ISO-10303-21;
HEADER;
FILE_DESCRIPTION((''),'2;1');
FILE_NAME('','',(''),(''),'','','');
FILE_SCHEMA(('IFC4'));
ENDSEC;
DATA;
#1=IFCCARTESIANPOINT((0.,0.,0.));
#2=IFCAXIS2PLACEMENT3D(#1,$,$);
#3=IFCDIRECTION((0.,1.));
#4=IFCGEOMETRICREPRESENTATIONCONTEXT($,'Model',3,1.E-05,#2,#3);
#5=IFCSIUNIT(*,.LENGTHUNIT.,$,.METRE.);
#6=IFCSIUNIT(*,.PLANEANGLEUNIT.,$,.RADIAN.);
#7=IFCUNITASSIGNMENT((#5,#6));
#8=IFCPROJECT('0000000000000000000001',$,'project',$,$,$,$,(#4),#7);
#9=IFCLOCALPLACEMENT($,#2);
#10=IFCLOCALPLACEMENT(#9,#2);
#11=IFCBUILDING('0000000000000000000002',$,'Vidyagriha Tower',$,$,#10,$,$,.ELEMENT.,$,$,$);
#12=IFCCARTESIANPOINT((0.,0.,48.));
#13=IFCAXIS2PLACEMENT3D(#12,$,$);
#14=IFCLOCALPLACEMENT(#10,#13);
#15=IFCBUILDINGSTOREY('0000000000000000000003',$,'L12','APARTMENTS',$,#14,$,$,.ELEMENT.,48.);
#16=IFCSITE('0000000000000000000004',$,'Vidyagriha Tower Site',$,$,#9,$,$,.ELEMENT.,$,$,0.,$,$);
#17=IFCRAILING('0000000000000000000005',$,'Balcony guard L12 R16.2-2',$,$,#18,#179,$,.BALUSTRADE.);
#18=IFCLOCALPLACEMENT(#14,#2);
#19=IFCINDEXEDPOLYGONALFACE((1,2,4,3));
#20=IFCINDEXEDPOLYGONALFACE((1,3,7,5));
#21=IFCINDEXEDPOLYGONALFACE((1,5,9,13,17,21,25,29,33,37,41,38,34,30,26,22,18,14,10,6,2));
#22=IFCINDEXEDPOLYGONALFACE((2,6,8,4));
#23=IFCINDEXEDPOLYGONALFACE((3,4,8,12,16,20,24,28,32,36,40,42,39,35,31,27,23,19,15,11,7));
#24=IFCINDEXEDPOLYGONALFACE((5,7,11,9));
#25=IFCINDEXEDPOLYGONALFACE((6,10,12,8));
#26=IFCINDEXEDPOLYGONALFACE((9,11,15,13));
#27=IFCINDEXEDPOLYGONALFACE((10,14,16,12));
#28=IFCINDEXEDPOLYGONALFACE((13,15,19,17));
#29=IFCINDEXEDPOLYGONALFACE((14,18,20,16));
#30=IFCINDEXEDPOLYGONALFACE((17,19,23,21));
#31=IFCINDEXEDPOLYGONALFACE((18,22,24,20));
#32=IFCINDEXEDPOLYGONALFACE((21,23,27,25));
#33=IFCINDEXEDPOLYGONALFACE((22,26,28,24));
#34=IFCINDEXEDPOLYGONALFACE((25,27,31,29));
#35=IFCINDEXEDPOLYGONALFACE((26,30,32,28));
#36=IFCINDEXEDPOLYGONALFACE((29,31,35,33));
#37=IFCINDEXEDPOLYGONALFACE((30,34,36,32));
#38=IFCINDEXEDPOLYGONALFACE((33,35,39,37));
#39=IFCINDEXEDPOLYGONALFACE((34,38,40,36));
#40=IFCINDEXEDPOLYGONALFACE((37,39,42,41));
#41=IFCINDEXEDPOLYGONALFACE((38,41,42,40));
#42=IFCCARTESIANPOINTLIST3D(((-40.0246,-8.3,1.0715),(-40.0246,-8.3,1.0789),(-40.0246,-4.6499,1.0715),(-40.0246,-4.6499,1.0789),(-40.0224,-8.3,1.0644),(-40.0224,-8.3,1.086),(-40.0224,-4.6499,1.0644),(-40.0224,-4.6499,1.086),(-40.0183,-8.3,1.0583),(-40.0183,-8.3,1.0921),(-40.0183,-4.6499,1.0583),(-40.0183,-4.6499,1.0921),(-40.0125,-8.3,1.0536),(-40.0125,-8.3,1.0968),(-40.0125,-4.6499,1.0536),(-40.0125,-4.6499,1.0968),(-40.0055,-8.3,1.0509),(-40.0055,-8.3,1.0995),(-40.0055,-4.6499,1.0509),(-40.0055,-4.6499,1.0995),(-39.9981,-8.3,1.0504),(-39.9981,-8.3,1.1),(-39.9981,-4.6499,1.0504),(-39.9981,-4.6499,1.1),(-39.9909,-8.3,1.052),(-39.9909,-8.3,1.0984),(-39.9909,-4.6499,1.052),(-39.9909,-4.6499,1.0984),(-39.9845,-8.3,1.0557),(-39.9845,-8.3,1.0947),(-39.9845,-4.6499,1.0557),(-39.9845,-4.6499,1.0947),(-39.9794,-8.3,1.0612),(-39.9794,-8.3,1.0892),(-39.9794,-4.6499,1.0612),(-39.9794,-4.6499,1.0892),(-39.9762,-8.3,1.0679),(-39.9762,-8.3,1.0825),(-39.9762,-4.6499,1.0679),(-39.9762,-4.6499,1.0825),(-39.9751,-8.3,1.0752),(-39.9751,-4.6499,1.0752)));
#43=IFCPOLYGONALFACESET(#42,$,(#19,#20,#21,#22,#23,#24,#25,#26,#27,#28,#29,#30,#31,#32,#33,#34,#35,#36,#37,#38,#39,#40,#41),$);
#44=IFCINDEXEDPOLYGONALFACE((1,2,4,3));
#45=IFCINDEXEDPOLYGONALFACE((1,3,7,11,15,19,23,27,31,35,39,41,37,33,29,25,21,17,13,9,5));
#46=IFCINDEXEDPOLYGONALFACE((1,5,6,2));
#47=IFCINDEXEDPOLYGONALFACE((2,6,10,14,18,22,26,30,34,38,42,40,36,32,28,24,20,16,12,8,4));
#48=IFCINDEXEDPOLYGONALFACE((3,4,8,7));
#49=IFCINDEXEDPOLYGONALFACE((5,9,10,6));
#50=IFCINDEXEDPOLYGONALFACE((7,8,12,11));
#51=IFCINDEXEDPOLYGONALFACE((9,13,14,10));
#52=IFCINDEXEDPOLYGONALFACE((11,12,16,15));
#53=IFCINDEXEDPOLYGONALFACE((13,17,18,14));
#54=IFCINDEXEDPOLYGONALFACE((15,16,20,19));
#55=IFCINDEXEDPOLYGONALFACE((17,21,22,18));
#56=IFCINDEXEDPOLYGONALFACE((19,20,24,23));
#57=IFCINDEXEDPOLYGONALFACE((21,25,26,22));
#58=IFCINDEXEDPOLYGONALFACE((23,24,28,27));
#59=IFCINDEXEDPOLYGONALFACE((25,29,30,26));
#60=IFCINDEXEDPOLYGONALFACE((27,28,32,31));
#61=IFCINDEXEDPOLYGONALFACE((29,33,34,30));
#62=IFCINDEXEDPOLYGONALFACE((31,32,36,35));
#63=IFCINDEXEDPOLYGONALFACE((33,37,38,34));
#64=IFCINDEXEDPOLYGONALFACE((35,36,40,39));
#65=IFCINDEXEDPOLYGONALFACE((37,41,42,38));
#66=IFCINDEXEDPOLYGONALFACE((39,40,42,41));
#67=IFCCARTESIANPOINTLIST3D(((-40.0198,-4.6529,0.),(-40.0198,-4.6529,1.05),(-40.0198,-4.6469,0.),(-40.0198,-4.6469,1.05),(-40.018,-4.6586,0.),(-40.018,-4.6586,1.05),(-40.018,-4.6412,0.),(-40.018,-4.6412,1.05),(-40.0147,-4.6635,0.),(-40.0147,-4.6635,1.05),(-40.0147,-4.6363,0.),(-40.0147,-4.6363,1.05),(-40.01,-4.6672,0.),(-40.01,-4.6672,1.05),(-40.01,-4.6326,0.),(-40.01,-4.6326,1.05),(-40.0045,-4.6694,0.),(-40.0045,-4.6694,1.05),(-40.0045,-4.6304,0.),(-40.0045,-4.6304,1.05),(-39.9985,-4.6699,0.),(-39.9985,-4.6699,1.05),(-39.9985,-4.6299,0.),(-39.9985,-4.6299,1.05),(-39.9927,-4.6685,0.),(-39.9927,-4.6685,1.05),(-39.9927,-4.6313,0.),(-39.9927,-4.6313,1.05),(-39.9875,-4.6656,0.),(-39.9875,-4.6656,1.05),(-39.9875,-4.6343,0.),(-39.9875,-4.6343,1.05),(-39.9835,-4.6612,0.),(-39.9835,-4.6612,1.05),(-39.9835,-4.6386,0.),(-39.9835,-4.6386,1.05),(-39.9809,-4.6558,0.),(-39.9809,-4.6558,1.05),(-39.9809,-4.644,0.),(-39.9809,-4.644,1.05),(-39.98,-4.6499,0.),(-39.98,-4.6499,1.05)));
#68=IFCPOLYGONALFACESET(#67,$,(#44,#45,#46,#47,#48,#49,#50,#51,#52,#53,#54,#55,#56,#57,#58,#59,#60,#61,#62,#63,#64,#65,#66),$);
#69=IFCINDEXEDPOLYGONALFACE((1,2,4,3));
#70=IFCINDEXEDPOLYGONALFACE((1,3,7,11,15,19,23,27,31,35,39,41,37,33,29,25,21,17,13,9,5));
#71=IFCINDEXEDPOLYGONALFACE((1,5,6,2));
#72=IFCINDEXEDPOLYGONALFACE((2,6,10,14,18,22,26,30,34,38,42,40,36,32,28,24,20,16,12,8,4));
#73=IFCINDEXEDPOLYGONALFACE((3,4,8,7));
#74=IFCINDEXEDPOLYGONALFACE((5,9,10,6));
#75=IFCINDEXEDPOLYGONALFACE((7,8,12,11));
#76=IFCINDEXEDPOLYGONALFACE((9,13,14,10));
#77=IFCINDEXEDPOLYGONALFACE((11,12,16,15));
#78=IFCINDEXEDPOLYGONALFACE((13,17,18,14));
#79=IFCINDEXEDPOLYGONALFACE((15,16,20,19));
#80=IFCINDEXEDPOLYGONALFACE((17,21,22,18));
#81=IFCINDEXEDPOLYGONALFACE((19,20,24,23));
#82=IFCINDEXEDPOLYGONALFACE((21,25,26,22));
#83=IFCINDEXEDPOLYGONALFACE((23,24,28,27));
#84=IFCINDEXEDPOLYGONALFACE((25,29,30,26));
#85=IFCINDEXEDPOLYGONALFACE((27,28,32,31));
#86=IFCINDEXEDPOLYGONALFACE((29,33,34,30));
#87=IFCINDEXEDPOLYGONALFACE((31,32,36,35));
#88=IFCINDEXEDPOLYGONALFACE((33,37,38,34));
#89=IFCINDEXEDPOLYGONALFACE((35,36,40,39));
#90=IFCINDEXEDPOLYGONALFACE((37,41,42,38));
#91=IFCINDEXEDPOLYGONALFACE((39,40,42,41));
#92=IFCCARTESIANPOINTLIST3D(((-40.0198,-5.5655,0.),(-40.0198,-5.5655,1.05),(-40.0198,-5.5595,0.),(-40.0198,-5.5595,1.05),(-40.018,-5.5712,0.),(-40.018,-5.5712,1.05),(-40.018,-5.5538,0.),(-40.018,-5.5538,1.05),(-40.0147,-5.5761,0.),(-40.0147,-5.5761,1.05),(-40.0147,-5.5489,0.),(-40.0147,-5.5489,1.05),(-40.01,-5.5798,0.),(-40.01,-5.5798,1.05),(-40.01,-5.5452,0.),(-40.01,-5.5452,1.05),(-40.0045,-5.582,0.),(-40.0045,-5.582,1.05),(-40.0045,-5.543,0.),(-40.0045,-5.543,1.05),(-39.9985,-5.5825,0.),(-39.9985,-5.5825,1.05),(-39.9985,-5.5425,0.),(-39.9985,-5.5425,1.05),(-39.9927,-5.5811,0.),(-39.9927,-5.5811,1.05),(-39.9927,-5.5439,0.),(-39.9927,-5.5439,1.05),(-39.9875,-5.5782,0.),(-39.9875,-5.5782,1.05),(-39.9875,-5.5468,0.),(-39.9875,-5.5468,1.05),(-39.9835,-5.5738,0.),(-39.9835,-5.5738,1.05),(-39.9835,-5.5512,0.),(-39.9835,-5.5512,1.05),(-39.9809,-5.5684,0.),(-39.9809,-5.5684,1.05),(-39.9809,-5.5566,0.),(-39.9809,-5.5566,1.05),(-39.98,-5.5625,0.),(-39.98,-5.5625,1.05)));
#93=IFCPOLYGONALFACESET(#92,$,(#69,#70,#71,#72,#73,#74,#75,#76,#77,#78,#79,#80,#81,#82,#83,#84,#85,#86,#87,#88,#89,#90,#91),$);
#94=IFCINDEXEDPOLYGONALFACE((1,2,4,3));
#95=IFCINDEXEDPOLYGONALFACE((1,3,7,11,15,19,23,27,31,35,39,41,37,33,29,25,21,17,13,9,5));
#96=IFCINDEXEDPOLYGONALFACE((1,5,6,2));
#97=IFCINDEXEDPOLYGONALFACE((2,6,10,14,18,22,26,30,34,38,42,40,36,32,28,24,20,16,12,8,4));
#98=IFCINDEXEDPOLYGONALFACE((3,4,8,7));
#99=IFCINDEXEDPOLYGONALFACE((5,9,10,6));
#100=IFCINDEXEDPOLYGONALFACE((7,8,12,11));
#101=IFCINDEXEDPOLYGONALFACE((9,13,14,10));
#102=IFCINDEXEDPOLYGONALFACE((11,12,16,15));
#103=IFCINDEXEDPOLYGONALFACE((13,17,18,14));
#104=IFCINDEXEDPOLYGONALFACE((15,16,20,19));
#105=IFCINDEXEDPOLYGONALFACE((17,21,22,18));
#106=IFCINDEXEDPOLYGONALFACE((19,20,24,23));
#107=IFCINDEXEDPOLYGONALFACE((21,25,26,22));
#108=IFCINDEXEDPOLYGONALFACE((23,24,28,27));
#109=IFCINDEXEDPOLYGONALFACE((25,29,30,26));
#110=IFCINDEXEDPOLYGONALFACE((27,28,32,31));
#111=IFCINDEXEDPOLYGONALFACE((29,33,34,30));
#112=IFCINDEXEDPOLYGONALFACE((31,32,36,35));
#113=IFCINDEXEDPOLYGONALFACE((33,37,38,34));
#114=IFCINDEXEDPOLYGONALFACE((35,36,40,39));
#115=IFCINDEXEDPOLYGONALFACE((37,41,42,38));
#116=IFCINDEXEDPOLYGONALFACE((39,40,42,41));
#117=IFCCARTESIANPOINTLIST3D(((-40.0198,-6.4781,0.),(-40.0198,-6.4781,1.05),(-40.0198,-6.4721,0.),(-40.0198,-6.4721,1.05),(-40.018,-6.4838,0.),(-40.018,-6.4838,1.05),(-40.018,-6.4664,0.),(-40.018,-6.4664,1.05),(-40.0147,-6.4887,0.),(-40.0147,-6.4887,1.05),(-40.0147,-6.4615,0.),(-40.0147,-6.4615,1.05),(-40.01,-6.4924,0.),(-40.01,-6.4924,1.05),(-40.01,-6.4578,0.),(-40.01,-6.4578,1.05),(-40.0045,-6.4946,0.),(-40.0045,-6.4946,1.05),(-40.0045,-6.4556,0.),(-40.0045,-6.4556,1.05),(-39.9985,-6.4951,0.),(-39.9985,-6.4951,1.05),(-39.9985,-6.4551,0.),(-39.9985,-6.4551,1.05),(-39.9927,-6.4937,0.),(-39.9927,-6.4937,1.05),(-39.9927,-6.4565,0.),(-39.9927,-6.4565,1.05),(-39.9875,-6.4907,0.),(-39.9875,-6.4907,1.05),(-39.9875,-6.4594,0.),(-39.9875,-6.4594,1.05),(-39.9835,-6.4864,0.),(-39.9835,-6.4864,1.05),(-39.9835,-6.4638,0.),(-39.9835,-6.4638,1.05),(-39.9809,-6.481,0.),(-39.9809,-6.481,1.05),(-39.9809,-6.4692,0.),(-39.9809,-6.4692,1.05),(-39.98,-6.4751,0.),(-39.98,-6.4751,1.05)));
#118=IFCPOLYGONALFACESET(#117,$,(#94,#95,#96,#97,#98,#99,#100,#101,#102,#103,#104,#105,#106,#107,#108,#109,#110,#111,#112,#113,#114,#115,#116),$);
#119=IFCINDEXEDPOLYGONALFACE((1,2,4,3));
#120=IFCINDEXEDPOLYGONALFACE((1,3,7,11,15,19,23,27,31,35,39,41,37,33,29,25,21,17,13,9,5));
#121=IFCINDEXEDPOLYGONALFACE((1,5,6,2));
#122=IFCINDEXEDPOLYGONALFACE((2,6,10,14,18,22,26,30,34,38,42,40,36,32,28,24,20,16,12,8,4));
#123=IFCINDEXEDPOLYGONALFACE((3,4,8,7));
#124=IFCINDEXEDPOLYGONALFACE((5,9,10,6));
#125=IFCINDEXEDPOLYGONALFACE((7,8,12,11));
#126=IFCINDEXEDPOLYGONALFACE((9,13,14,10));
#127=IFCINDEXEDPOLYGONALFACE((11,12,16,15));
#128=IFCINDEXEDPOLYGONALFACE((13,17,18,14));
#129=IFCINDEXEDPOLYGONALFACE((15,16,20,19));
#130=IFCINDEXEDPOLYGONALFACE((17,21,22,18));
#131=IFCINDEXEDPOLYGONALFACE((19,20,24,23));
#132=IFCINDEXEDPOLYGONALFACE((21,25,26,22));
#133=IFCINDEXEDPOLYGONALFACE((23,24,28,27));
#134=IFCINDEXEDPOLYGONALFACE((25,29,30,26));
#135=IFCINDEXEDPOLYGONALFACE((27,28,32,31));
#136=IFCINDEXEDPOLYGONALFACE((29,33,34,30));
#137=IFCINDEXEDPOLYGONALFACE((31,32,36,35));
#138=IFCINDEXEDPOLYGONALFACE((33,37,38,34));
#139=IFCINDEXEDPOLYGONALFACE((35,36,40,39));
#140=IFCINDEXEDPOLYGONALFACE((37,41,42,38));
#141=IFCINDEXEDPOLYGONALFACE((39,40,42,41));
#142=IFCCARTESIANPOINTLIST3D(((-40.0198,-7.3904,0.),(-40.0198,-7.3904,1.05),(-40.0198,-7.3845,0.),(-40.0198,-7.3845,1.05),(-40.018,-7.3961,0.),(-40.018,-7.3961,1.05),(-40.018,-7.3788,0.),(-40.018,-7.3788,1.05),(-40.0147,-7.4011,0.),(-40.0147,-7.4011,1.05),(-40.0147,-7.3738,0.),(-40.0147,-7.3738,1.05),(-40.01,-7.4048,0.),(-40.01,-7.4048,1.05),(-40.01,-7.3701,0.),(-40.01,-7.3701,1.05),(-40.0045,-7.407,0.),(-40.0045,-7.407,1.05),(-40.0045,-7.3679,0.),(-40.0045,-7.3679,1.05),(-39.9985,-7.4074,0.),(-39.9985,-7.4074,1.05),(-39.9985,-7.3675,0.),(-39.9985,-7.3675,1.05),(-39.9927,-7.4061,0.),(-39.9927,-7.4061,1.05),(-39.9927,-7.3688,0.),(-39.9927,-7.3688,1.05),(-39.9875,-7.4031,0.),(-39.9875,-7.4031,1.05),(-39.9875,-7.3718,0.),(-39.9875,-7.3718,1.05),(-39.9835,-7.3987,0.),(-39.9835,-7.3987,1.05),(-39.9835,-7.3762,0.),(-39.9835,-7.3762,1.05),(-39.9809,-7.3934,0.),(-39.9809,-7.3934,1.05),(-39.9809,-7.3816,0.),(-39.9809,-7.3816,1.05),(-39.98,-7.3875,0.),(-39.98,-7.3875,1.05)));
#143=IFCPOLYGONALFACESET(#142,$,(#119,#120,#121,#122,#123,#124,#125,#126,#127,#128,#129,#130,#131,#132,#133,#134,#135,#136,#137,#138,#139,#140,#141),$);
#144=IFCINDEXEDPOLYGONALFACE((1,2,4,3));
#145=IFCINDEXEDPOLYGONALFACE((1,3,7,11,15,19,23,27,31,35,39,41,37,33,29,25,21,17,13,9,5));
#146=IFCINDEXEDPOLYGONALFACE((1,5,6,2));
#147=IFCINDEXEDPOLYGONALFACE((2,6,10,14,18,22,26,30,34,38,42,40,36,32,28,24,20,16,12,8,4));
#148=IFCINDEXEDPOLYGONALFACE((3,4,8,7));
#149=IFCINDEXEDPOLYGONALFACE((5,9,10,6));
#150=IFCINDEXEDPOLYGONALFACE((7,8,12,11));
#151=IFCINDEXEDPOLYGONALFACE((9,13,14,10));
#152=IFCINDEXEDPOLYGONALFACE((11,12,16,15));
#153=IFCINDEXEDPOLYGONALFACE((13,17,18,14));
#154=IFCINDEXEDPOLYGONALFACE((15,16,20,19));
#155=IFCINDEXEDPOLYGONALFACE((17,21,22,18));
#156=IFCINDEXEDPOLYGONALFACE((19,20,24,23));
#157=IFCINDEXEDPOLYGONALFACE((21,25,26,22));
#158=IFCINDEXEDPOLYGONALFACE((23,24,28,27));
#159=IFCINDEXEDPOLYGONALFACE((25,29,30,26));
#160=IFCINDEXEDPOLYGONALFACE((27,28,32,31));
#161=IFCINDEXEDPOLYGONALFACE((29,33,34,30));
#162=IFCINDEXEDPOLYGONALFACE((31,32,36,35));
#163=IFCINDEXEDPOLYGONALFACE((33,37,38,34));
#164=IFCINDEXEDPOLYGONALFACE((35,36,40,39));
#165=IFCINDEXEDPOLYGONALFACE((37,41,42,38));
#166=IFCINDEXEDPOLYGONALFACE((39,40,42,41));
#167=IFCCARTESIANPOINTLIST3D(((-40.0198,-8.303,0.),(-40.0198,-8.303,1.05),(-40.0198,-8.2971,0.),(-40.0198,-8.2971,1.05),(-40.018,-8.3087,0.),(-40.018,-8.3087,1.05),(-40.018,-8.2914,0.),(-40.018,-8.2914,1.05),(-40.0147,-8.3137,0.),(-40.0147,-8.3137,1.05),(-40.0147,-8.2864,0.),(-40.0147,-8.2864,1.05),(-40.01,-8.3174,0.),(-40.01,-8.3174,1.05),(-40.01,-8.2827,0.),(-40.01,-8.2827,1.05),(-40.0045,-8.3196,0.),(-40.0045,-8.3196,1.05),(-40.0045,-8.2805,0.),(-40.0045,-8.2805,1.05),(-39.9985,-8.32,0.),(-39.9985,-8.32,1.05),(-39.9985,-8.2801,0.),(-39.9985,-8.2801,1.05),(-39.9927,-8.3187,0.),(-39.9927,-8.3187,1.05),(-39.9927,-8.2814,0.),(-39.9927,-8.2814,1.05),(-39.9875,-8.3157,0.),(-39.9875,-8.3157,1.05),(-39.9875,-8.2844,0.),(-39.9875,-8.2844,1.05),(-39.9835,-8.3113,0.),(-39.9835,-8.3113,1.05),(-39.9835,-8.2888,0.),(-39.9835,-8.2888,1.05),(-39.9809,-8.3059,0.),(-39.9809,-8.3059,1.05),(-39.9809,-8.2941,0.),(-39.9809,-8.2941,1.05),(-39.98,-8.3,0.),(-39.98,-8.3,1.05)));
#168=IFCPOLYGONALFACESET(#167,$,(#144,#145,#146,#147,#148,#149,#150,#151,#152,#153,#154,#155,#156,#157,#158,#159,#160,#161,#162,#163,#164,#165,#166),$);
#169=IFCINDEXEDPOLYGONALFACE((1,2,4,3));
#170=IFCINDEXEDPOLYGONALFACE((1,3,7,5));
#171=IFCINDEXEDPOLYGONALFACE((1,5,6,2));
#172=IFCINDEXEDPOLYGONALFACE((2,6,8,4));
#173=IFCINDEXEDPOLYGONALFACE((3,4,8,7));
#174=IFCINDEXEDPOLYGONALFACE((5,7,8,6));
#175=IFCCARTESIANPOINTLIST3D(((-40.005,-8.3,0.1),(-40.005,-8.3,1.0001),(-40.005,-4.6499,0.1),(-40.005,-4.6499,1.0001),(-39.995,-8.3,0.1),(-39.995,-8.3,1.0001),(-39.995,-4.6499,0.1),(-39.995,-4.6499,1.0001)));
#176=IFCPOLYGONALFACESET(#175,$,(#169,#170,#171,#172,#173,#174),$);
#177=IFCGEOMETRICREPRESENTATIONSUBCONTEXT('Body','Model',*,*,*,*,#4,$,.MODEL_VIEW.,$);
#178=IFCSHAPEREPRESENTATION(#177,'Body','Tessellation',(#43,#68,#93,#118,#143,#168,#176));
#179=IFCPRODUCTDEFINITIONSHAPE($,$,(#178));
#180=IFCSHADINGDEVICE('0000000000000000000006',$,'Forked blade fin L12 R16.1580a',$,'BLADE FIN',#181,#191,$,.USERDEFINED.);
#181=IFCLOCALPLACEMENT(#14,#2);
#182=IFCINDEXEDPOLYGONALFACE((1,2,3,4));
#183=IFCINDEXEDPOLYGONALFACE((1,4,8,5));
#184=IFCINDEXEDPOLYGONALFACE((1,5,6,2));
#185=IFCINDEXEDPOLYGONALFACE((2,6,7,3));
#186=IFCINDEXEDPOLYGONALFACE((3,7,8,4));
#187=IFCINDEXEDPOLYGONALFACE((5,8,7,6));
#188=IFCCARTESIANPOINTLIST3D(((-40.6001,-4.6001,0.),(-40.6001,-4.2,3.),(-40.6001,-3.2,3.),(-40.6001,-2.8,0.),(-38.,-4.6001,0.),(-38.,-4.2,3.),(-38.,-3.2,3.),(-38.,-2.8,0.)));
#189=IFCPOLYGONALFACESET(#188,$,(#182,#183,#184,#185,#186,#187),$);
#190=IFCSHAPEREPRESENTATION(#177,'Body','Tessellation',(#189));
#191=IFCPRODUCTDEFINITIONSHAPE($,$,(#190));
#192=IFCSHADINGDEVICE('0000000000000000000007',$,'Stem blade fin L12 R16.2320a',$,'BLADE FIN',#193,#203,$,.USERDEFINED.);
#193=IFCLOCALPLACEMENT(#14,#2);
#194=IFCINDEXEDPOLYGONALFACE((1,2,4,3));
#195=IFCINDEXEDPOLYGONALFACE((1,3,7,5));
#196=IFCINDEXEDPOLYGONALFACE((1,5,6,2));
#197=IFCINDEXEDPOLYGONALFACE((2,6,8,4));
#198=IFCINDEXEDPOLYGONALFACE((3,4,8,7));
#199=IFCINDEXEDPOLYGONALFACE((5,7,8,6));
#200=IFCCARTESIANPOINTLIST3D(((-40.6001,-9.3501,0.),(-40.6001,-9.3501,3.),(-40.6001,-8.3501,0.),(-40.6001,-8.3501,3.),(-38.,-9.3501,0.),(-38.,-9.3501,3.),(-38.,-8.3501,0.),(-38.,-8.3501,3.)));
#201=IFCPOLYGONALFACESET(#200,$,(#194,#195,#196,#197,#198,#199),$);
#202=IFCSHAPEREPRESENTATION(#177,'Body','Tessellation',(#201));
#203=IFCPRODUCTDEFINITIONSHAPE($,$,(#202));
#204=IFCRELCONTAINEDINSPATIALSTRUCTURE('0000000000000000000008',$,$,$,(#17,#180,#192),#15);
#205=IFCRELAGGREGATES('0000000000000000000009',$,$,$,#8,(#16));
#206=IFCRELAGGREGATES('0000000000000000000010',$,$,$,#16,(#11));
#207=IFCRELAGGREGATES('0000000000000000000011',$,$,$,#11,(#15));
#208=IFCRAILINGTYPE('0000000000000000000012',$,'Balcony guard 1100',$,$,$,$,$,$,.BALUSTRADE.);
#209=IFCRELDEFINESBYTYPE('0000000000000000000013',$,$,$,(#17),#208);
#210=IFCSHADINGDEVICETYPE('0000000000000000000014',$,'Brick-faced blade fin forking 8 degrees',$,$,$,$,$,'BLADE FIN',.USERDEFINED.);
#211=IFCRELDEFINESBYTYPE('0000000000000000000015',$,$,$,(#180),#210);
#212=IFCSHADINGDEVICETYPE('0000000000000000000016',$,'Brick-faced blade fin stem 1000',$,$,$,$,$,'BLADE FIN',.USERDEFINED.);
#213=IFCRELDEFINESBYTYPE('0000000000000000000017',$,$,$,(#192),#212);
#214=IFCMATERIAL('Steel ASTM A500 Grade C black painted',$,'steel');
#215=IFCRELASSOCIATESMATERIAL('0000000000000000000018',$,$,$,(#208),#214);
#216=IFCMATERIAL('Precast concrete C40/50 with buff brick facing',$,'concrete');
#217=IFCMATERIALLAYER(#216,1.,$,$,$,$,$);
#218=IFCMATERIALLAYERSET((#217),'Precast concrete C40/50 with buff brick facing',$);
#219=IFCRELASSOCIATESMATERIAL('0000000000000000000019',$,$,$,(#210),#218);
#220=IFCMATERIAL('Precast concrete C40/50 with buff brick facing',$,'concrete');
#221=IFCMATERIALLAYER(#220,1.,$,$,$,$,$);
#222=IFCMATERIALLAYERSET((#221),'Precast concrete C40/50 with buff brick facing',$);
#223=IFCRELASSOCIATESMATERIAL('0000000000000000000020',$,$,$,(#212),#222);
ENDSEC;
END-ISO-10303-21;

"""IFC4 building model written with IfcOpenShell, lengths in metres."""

from ifc_helpers import new_model, si_unit, direction, frame, origin, origin_2d, place, context, subcontext, project, spatial, polyline, rectangle, circle, outline, extrude, material, layer, layer_set, type_object, element, save


model = new_model("IFC4")

# Units and contexts
model_context = context("Model", 3, precision=1e-05, world=origin(), true_north=direction((0.0, 1.0)))
body_context = subcontext(model_context, "Body", "Model", "MODEL_VIEW")
ifc_project = project(units=[si_unit("LENGTHUNIT", "METRE"), si_unit("PLANEANGLEUNIT", "RADIAN")], contexts=[model_context])

# Site, building, storey
site_placement = place(None, origin())
site = spatial("IfcSite", under=ifc_project, at=site_placement, Name="Vidyagriha Tower Site", CompositionType="ELEMENT", RefElevation=0.0)
building_placement = place(site_placement, origin())
building = spatial("IfcBuilding", under=site, at=building_placement, Name="Vidyagriha Tower", CompositionType="ELEMENT")
storey_placement = place(building_placement, frame((0.0, 0.0, 48.0)))
storey = spatial("IfcBuildingStorey", under=building, at=storey_placement, Name="L12", Description="APARTMENTS", CompositionType="ELEMENT", Elevation=48.0)

# Railing
ifc_material_1 = material(Name="Steel ASTM A500 Grade C black painted", Category="steel")
railing_type_1 = type_object("IfcRailingType", Name="Balcony guard 1100", PredefinedType="BALUSTRADE", material=ifc_material_1)
railing_1_placement = place(storey_placement, frame((-40.0, -4.6499, 0.0)))
element("IfcRailing", 1, at=railing_1_placement, inside=storey, type_object=railing_type_1, Name="Balcony guard L12 R16.2-2", PredefinedType="BALUSTRADE", context=body_context, shape_type="SweptSolid", body=[
    extrude(circle(Radius=0.0249, at=origin_2d()), frame((0.0, 0.0, 1.0752), z_axis=(0.0, -1.0, 0.0), x_axis=(1.0, 0.0, 0.0)), (0.0, 0.0, 1.0), 3.6501),
    extrude(circle(Radius=0.02, at=origin_2d()), origin(), (0.0, 0.0, 1.0), 1.05),
    extrude(circle(Radius=0.02, at=origin_2d()), frame((0.0, -0.9126, 0.0)), (0.0, 0.0, 1.0), 1.05),
    extrude(circle(Radius=0.02, at=origin_2d()), frame((0.0, -1.8252, 0.0)), (0.0, 0.0, 1.0), 1.05),
    extrude(circle(Radius=0.02, at=origin_2d()), frame((0.0, -2.7375, 0.0)), (0.0, 0.0, 1.0), 1.05),
    extrude(circle(Radius=0.02, at=origin_2d()), frame((0.0, -3.6501, 0.0)), (0.0, 0.0, 1.0), 1.05),
    extrude(rectangle(XDim=0.01, YDim=0.9001, at=origin_2d()), frame((0.0, 0.0, 0.55), z_axis=(0.0, -1.0, 0.0), x_axis=(1.0, 0.0, 0.0)), (0.0, 0.0, 1.0), 3.6501),
])

# Shading devices
ifc_material_2 = material(Name="Precast concrete C40/50 with buff brick facing", Category="concrete")
ifc_layer_1 = layer(ifc_material_2, 1.0)
ifc_layer_set_1 = layer_set([ifc_layer_1], Name="Precast concrete C40/50 with buff brick facing")
shading_device_type_1 = type_object("IfcShadingDeviceType", Name="Brick-faced blade fin forking 8 degrees", ElementType="BLADE FIN", PredefinedType="USERDEFINED", material=ifc_layer_set_1)
shading_device_1_placement = place(storey_placement, frame((-39.3, -2.8, 0.0), z_axis=(0.0, 0.0, 1.0), x_axis=(0.0, -1.0, 0.0)))
element("IfcShadingDevice", 2, at=shading_device_1_placement, inside=storey, type_object=shading_device_type_1, Name="Forked blade fin L12 R16.1580a", ObjectType="BLADE FIN", PredefinedType="USERDEFINED", context=body_context, shape_type="SweptSolid", body=[
    extrude(outline(polyline([(0.0, 0.0), (1.8, 0.0), (1.3999, 3.0), (0.3999, 3.0), (0.0, 0.0)])), frame((0.0, 1.3, 0.0), z_axis=(0.0, -1.0, 0.0), x_axis=(1.0, 0.0, 0.0)), (0.0, 0.0, 1.0), 2.6001),
])
ifc_material_3 = material(Name="Precast concrete C40/50 with buff brick facing", Category="concrete")
ifc_layer_2 = layer(ifc_material_3, 1.0)
ifc_layer_set_2 = layer_set([ifc_layer_2], Name="Precast concrete C40/50 with buff brick facing")
shading_device_type_2 = type_object("IfcShadingDeviceType", Name="Brick-faced blade fin stem 1000", ElementType="BLADE FIN", PredefinedType="USERDEFINED", material=ifc_layer_set_2)
shading_device_2_placement = place(storey_placement, frame((-39.3, -8.3501, 0.0), z_axis=(0.0, 0.0, 1.0), x_axis=(0.0, -1.0, 0.0)))
element("IfcShadingDevice", 3, at=shading_device_2_placement, inside=storey, type_object=shading_device_type_2, Name="Stem blade fin L12 R16.2320a", ObjectType="BLADE FIN", PredefinedType="USERDEFINED", context=body_context, shape_type="SweptSolid", body=[
    extrude(outline(polyline([(0.0, 0.0), (1.0, 0.0), (1.0, 3.0), (0.0, 3.0), (0.0, 0.0)])), frame((0.0, 1.3, 0.0), z_axis=(0.0, -1.0, 0.0), x_axis=(1.0, 0.0, 0.0)), (0.0, 0.0, 1.0), 2.6001),
])

save(model, "model.ifc")
